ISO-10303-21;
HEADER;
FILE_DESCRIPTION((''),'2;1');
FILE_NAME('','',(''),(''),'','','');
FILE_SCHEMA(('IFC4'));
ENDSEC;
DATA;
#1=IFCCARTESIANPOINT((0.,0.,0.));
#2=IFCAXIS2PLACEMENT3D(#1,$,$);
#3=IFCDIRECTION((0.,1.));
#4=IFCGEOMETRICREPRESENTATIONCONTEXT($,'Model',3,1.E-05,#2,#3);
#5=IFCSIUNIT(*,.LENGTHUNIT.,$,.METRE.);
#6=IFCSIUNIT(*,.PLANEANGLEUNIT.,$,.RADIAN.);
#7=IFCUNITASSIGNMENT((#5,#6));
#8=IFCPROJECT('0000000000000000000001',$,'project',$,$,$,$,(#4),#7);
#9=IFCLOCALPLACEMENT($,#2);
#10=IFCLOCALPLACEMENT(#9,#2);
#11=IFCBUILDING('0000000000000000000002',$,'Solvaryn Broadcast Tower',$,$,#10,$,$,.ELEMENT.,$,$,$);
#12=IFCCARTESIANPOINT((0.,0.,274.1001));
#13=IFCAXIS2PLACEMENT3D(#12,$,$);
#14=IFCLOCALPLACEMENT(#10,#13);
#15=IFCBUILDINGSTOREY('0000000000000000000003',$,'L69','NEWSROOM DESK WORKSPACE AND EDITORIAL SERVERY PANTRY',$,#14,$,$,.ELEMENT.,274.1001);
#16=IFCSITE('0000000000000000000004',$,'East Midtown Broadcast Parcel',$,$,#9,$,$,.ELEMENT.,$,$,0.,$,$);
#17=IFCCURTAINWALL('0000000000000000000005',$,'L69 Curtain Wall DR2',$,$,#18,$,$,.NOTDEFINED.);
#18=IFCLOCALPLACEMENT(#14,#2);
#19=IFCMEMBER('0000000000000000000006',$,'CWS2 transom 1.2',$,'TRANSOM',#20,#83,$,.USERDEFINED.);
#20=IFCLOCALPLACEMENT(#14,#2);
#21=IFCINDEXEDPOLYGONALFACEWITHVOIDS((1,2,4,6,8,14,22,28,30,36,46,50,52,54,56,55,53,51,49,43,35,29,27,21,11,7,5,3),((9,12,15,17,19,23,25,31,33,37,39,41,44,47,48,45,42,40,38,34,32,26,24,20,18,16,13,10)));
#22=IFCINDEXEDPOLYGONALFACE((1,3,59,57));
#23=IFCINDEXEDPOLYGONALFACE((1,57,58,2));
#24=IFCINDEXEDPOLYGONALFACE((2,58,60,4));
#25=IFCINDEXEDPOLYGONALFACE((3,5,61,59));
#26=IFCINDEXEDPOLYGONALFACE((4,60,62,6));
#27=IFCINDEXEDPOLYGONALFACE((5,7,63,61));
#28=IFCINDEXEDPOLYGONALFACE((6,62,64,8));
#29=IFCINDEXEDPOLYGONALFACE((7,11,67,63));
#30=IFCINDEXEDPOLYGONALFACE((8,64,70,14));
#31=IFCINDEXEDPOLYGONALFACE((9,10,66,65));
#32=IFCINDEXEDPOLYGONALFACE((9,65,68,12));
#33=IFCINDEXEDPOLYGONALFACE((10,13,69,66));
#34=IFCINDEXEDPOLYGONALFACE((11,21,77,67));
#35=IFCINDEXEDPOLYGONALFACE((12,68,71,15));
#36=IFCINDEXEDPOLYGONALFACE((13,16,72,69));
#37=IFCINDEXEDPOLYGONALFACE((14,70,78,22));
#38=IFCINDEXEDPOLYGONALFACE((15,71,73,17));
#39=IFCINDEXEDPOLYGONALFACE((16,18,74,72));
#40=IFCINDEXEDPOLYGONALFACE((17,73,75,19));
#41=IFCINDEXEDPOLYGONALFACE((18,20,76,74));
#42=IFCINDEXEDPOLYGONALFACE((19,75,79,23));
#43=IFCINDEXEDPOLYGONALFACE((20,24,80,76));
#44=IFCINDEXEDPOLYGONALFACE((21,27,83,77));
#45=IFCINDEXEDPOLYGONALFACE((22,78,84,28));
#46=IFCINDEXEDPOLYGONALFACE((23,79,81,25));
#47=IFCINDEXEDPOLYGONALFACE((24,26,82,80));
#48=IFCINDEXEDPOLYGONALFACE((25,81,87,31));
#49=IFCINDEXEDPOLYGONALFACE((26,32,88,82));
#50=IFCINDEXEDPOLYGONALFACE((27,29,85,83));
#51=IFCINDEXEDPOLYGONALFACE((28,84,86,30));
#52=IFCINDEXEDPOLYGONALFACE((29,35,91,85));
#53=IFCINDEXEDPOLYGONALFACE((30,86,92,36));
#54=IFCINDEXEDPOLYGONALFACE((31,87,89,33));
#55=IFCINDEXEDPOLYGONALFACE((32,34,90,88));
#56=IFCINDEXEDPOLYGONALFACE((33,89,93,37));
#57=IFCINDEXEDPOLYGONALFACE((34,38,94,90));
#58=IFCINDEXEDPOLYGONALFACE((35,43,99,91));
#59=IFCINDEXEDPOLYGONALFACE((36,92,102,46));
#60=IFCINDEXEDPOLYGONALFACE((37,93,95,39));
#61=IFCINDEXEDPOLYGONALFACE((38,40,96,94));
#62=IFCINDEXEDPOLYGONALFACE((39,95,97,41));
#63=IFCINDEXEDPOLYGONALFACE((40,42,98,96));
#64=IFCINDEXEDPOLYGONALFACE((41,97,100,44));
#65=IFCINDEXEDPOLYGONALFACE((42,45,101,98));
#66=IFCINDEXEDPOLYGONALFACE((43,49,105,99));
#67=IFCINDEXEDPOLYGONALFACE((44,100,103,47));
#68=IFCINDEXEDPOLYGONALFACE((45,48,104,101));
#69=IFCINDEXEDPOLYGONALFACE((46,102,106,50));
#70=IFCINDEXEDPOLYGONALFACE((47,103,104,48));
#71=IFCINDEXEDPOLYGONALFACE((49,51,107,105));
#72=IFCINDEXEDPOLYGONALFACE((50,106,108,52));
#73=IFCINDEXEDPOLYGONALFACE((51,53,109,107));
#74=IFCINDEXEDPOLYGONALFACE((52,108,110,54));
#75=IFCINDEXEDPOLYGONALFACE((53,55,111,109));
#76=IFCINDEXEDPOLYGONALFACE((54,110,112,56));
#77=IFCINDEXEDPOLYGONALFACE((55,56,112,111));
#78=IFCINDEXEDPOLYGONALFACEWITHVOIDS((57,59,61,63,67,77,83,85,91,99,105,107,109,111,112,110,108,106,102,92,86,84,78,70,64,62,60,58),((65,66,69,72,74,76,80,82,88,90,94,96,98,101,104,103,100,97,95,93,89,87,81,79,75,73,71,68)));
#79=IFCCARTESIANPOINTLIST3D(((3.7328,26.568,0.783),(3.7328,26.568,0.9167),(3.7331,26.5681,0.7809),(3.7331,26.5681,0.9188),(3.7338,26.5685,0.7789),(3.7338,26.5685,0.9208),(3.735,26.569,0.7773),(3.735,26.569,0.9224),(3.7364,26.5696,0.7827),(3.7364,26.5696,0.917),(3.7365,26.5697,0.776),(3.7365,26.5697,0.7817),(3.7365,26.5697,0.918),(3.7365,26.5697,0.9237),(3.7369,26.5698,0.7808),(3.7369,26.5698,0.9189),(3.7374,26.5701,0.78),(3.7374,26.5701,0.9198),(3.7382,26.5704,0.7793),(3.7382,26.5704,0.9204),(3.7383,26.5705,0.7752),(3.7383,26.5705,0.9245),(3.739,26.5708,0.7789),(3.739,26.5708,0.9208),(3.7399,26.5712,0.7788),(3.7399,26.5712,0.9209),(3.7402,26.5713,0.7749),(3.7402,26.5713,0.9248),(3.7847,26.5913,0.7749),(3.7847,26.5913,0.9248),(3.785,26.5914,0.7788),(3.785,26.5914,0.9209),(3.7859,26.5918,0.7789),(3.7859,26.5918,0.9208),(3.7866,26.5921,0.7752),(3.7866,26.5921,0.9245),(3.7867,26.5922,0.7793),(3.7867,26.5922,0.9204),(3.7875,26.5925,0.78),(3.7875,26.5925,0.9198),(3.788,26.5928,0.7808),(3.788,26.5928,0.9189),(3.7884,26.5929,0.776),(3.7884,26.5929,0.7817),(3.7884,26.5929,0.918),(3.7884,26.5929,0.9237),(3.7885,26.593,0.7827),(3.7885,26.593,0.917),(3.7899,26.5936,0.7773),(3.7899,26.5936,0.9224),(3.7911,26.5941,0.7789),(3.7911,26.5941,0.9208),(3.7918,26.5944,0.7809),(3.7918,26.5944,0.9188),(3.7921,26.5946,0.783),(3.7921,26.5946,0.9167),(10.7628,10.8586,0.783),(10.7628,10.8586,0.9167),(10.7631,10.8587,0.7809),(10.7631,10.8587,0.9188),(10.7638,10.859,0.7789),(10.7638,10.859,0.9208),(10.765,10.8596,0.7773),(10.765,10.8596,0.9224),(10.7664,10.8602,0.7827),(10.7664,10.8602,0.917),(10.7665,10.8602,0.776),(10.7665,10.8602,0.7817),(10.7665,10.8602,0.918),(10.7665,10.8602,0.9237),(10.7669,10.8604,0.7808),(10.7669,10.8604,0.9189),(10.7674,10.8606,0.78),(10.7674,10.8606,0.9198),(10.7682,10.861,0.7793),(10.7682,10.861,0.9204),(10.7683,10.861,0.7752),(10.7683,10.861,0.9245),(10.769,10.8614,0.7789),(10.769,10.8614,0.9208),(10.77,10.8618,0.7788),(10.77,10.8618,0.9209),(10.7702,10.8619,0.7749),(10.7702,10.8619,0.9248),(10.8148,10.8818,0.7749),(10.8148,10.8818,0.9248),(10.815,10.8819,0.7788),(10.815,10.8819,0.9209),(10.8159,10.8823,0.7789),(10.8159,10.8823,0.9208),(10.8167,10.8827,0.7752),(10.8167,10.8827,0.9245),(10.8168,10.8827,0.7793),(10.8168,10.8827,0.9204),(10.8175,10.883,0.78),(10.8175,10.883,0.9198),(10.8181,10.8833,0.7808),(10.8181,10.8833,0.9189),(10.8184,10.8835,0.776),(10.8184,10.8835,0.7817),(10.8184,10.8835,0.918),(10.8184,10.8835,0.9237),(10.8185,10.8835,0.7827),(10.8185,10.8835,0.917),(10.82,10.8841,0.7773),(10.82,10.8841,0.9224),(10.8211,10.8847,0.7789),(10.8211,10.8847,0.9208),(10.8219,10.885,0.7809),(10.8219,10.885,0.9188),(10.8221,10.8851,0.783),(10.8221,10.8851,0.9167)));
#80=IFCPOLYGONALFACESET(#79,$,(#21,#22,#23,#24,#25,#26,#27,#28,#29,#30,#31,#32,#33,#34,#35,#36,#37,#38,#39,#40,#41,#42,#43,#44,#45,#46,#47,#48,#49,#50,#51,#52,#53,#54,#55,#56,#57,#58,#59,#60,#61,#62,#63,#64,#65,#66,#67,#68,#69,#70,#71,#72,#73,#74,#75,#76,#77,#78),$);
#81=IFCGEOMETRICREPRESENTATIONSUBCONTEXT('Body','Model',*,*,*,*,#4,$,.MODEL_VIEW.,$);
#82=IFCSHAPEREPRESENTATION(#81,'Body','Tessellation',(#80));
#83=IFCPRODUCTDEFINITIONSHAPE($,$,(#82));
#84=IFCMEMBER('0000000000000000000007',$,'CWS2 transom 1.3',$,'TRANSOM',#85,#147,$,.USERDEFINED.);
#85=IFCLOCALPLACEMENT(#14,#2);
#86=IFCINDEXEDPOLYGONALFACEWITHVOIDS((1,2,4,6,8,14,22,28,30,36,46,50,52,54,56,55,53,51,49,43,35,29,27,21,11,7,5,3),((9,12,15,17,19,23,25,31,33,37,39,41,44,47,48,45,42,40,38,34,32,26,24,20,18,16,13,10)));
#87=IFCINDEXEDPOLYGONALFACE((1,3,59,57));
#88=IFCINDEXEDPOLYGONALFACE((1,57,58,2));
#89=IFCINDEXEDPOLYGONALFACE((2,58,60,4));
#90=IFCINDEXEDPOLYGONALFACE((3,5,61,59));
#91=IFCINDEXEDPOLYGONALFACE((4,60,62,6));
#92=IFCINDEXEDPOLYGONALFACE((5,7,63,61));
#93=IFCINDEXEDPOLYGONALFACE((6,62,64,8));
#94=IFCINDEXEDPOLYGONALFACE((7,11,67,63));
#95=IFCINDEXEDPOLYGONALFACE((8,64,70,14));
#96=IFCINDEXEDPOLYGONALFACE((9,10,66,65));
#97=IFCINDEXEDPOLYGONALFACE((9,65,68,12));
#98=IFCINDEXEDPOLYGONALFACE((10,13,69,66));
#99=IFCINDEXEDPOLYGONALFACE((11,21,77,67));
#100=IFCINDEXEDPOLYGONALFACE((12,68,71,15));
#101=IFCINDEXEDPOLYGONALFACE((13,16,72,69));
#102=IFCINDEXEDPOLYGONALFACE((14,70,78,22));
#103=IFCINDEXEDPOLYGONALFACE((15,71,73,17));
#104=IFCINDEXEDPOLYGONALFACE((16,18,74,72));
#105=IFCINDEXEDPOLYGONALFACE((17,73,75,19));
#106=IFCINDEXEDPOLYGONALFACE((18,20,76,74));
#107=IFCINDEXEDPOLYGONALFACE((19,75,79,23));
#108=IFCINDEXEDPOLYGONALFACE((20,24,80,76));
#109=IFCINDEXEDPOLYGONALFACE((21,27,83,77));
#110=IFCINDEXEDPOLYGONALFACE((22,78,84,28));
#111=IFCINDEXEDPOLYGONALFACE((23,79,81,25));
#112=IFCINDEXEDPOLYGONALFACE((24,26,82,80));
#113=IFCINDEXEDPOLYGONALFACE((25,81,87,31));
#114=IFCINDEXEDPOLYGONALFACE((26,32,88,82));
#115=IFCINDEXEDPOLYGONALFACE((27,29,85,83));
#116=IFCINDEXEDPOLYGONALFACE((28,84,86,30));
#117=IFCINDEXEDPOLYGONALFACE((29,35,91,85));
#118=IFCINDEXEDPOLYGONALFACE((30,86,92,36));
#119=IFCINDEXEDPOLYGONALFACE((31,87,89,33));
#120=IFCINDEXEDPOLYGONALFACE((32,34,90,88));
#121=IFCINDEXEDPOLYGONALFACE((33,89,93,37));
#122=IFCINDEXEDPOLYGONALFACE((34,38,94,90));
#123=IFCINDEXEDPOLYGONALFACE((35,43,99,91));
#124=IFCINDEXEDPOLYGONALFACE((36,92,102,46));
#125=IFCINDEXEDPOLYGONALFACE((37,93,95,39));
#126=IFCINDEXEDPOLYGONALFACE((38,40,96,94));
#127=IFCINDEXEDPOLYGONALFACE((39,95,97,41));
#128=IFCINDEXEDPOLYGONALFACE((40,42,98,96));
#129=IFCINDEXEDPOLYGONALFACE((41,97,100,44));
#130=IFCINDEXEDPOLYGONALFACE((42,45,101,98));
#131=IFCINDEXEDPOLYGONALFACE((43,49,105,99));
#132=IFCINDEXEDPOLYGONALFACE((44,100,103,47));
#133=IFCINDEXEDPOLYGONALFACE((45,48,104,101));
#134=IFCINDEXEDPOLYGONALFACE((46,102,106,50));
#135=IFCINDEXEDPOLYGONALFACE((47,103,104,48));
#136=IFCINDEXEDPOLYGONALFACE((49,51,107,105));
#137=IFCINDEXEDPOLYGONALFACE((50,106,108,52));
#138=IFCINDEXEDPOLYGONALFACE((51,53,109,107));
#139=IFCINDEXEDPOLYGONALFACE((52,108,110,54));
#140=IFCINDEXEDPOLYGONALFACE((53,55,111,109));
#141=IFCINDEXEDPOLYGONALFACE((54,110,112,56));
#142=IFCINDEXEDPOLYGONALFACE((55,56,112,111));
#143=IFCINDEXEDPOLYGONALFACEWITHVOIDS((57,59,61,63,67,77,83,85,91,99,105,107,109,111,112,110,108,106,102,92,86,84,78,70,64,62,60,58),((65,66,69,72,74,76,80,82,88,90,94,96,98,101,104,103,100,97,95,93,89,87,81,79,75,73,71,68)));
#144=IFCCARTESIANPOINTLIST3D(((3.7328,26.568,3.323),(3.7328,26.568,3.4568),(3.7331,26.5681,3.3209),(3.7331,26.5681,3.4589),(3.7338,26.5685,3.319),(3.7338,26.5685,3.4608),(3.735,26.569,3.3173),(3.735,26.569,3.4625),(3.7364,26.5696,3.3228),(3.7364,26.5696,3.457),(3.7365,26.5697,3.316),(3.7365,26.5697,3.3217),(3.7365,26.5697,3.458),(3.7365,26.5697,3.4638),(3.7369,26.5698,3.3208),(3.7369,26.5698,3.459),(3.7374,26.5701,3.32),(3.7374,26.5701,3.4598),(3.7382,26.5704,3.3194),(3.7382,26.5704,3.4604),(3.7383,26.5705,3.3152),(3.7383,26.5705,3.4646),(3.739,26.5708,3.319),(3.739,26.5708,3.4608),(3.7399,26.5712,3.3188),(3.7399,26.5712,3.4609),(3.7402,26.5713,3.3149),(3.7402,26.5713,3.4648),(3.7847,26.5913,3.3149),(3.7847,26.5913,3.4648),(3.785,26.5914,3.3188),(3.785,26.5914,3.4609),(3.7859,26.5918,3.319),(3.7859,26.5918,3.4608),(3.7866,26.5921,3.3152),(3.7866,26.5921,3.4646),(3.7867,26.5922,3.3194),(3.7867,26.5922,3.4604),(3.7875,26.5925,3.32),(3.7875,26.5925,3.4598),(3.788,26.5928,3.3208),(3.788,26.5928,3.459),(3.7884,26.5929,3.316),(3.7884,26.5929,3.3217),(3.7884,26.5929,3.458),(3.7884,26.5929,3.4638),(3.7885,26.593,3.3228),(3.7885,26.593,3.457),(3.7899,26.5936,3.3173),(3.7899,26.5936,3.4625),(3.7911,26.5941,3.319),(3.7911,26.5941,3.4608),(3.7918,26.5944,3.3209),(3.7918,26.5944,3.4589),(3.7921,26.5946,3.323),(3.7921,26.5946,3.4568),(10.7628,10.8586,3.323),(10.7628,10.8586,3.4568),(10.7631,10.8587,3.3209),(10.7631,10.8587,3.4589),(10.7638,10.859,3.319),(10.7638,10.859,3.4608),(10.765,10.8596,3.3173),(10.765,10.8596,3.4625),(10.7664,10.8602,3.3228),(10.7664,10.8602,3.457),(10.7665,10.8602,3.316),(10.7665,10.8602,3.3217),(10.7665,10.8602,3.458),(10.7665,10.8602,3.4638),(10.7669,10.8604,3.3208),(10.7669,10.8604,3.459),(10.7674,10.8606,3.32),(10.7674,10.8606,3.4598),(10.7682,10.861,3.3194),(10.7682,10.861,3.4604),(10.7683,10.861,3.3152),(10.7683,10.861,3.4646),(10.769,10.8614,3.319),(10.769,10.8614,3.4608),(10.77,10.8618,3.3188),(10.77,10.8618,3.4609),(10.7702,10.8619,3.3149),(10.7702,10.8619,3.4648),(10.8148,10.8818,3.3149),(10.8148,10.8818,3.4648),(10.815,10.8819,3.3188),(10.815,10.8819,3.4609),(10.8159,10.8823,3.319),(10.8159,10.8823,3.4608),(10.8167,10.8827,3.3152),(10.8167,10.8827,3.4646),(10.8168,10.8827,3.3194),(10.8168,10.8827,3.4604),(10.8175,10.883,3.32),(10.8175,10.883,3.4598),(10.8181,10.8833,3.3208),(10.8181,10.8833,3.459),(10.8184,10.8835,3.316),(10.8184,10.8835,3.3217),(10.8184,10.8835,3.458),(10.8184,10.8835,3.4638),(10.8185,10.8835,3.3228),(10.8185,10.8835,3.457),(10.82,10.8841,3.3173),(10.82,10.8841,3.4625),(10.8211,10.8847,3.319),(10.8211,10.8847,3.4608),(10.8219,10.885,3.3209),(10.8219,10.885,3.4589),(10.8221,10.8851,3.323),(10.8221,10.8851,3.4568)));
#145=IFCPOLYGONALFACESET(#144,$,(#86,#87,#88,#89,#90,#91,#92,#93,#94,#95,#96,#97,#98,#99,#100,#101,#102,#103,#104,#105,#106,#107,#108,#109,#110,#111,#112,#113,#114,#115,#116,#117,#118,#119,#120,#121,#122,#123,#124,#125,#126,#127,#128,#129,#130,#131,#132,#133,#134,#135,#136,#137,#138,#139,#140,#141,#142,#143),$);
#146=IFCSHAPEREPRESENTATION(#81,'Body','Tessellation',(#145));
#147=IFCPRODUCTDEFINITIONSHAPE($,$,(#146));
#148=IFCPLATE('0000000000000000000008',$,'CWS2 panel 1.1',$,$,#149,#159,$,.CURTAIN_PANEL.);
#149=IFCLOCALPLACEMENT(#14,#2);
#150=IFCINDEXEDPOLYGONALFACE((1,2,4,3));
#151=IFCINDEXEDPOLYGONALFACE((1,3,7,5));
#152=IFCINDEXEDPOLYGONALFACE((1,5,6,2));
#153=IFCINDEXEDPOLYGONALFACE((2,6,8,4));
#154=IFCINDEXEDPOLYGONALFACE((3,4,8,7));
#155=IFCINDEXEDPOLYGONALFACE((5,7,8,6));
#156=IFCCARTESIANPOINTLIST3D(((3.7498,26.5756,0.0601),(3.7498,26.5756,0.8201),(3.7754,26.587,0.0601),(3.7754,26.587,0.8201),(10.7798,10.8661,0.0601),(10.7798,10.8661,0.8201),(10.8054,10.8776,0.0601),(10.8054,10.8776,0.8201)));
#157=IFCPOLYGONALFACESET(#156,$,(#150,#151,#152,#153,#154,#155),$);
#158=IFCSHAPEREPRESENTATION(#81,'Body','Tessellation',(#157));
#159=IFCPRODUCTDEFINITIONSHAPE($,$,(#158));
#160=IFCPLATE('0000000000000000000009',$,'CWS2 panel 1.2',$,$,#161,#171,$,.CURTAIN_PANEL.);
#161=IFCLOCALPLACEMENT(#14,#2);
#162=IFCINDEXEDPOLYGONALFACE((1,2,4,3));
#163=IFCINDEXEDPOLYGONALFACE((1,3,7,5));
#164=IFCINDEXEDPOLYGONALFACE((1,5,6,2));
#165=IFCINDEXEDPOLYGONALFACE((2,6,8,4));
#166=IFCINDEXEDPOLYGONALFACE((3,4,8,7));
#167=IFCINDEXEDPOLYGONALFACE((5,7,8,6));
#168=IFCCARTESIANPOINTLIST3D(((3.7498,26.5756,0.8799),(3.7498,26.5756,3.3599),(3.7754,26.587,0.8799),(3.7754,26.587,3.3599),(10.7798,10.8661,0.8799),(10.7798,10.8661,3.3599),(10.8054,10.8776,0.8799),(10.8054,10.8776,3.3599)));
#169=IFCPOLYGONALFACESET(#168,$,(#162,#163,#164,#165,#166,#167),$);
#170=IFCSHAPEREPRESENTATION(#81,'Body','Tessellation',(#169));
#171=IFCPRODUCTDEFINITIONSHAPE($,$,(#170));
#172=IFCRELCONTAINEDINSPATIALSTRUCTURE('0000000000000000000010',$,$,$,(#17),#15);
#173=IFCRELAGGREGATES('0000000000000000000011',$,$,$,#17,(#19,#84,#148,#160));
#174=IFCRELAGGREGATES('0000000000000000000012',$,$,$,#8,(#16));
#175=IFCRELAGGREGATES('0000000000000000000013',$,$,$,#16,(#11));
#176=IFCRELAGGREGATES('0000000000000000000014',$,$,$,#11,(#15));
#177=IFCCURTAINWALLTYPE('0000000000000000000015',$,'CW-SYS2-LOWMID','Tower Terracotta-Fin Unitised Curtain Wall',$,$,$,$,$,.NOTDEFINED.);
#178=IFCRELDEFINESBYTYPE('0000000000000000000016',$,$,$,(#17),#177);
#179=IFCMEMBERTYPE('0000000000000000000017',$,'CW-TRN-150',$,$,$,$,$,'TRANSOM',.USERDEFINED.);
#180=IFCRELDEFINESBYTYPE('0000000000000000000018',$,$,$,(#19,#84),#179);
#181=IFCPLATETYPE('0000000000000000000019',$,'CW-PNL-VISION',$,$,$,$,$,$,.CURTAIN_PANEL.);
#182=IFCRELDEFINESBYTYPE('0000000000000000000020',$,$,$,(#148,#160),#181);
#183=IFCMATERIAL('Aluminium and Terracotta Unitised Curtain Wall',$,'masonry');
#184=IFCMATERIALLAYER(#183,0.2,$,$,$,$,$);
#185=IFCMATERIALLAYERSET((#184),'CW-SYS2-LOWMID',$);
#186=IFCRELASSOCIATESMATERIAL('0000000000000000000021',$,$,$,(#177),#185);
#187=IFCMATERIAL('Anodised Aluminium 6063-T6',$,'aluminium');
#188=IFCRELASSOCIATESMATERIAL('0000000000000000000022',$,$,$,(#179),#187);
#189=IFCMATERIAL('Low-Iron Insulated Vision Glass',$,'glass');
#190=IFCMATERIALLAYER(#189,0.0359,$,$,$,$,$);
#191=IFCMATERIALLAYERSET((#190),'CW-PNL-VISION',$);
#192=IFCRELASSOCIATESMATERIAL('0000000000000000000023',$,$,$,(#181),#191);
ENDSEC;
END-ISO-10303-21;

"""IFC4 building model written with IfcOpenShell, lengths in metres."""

from ifc_helpers import new_model, si_unit, direction, frame, origin, origin_2d, place, context, subcontext, project, spatial, rectangle, hollow_rectangle, extrude, material, layer, layer_set, material_profile, profile_set, type_object, element, aggregate, save


model = new_model("IFC4")

# Units and contexts
model_context = context("Model", 3, precision=1e-05, world=origin(), true_north=direction((0.0, 1.0)))
body_context = subcontext(model_context, "Body", "Model", "MODEL_VIEW")
ifc_project = project(units=[si_unit("LENGTHUNIT", "METRE"), si_unit("PLANEANGLEUNIT", "RADIAN")], contexts=[model_context])

# Site, building, storey
site_placement = place(None, origin())
site = spatial("IfcSite", under=ifc_project, at=site_placement, Name="East Midtown Broadcast Parcel", CompositionType="ELEMENT", RefElevation=0.0)
building_placement = place(site_placement, origin())
building = spatial("IfcBuilding", under=site, at=building_placement, Name="Solvaryn Broadcast Tower", CompositionType="ELEMENT")
storey_placement = place(building_placement, frame((0.0, 0.0, 274.1001)))
storey = spatial("IfcBuildingStorey", under=building, at=storey_placement, Name="L69", Description="NEWSROOM DESK WORKSPACE AND EDITORIAL SERVERY PANTRY", CompositionType="ELEMENT", Elevation=274.1001)

# Shared definitions
ifc_material_1 = material(Name="Aluminium and Terracotta Unitised Curtain Wall", Category="masonry")
ifc_layer_1 = layer(ifc_material_1, 0.2)
ifc_layer_set_1 = layer_set([ifc_layer_1], Name="CW-SYS2-LOWMID")
curtain_wall_type = type_object("IfcCurtainWallType", Name="CW-SYS2-LOWMID", Description="Tower Terracotta-Fin Unitised Curtain Wall", PredefinedType="NOTDEFINED", material=ifc_layer_set_1)

# Curtain wall, members, plates
curtain_wall_1_placement = place(storey_placement, origin())
curtain_wall_1 = element("IfcCurtainWall", 1, at=curtain_wall_1_placement, inside=storey, type_object=curtain_wall_type, Name="L69 Curtain Wall DR2", PredefinedType="NOTDEFINED")
ifc_material_2 = material(Name="Anodised Aluminium 6063-T6", Category="aluminium")
ifc_material_profile_1 = material_profile(ifc_material_2, hollow_rectangle(XDim=0.0649, YDim=0.1499, WallThickness=0.0039, InnerFilletRadius=0.0039, OuterFilletRadius=0.0081, at=origin_2d()))
ifc_profile_set_1 = profile_set([ifc_material_profile_1], Name="Anodised Aluminium 6063-T6")
member_type_1 = type_object("IfcMemberType", Name="CW-TRN-150", ElementType="TRANSOM", PredefinedType="USERDEFINED", material=ifc_profile_set_1)
member_1_placement = place(storey_placement, frame((3.7625, 26.5813, 0.8499), z_axis=(0.408468, -0.912773, 0.0), x_axis=(0.912773, 0.408468, 0.0)))
member_1 = element("IfcMember", 2, at=member_1_placement, type_object=member_type_1, Name="CWS2 transom 1.2", ObjectType="TRANSOM", PredefinedType="USERDEFINED", context=body_context, shape_type="SweptSolid", body=[
    extrude(hollow_rectangle(XDim=0.0649, YDim=0.1499, WallThickness=0.0039, InnerFilletRadius=0.0039, OuterFilletRadius=0.0081, at=origin_2d()), origin(), (0.0, 0.0, 1.0), 17.2107),
])
member_2_placement = place(storey_placement, frame((3.7625, 26.5813, 3.3899), z_axis=(0.408468, -0.912773, 0.0), x_axis=(0.912773, 0.408468, 0.0)))
member_2 = element("IfcMember", 3, at=member_2_placement, type_object=member_type_1, Name="CWS2 transom 1.3", ObjectType="TRANSOM", PredefinedType="USERDEFINED", context=body_context, shape_type="SweptSolid", body=[
    extrude(hollow_rectangle(XDim=0.0649, YDim=0.1499, WallThickness=0.0039, InnerFilletRadius=0.0039, OuterFilletRadius=0.0081, at=origin_2d()), origin(), (0.0, 0.0, 1.0), 17.2107),
])
ifc_material_3 = material(Name="Low-Iron Insulated Vision Glass", Category="glass")
ifc_layer_2 = layer(ifc_material_3, 0.0359)
ifc_layer_set_2 = layer_set([ifc_layer_2], Name="CW-PNL-VISION")
plate_type = type_object("IfcPlateType", Name="CW-PNL-VISION", PredefinedType="CURTAIN_PANEL", material=ifc_layer_set_2)
plate_1_placement = place(storey_placement, frame((7.2776, 18.7266, 0.0601), z_axis=(0.0, 0.0, 1.0), x_axis=(0.408466, -0.912774, 0.0)))
plate_1 = element("IfcPlate", 4, at=plate_1_placement, type_object=plate_type, Name="CWS2 panel 1.1", PredefinedType="CURTAIN_PANEL", context=body_context, shape_type="SweptSolid", body=[
    extrude(rectangle(XDim=17.2107, YDim=0.0281, at=origin_2d()), origin(), (0.0, 0.0, 1.0), 0.76),
])
plate_2_placement = place(storey_placement, frame((7.2776, 18.7266, 0.8799), z_axis=(0.0, 0.0, 1.0), x_axis=(0.408466, -0.912774, 0.0)))
plate_2 = element("IfcPlate", 5, at=plate_2_placement, type_object=plate_type, Name="CWS2 panel 1.2", PredefinedType="CURTAIN_PANEL", context=body_context, shape_type="SweptSolid", body=[
    extrude(rectangle(XDim=17.2107, YDim=0.0281, at=origin_2d()), origin(), (0.0, 0.0, 1.0), 2.48),
])
aggregate(curtain_wall_1, [member_1, member_2, plate_1, plate_2])

save(model, "model.ifc")
